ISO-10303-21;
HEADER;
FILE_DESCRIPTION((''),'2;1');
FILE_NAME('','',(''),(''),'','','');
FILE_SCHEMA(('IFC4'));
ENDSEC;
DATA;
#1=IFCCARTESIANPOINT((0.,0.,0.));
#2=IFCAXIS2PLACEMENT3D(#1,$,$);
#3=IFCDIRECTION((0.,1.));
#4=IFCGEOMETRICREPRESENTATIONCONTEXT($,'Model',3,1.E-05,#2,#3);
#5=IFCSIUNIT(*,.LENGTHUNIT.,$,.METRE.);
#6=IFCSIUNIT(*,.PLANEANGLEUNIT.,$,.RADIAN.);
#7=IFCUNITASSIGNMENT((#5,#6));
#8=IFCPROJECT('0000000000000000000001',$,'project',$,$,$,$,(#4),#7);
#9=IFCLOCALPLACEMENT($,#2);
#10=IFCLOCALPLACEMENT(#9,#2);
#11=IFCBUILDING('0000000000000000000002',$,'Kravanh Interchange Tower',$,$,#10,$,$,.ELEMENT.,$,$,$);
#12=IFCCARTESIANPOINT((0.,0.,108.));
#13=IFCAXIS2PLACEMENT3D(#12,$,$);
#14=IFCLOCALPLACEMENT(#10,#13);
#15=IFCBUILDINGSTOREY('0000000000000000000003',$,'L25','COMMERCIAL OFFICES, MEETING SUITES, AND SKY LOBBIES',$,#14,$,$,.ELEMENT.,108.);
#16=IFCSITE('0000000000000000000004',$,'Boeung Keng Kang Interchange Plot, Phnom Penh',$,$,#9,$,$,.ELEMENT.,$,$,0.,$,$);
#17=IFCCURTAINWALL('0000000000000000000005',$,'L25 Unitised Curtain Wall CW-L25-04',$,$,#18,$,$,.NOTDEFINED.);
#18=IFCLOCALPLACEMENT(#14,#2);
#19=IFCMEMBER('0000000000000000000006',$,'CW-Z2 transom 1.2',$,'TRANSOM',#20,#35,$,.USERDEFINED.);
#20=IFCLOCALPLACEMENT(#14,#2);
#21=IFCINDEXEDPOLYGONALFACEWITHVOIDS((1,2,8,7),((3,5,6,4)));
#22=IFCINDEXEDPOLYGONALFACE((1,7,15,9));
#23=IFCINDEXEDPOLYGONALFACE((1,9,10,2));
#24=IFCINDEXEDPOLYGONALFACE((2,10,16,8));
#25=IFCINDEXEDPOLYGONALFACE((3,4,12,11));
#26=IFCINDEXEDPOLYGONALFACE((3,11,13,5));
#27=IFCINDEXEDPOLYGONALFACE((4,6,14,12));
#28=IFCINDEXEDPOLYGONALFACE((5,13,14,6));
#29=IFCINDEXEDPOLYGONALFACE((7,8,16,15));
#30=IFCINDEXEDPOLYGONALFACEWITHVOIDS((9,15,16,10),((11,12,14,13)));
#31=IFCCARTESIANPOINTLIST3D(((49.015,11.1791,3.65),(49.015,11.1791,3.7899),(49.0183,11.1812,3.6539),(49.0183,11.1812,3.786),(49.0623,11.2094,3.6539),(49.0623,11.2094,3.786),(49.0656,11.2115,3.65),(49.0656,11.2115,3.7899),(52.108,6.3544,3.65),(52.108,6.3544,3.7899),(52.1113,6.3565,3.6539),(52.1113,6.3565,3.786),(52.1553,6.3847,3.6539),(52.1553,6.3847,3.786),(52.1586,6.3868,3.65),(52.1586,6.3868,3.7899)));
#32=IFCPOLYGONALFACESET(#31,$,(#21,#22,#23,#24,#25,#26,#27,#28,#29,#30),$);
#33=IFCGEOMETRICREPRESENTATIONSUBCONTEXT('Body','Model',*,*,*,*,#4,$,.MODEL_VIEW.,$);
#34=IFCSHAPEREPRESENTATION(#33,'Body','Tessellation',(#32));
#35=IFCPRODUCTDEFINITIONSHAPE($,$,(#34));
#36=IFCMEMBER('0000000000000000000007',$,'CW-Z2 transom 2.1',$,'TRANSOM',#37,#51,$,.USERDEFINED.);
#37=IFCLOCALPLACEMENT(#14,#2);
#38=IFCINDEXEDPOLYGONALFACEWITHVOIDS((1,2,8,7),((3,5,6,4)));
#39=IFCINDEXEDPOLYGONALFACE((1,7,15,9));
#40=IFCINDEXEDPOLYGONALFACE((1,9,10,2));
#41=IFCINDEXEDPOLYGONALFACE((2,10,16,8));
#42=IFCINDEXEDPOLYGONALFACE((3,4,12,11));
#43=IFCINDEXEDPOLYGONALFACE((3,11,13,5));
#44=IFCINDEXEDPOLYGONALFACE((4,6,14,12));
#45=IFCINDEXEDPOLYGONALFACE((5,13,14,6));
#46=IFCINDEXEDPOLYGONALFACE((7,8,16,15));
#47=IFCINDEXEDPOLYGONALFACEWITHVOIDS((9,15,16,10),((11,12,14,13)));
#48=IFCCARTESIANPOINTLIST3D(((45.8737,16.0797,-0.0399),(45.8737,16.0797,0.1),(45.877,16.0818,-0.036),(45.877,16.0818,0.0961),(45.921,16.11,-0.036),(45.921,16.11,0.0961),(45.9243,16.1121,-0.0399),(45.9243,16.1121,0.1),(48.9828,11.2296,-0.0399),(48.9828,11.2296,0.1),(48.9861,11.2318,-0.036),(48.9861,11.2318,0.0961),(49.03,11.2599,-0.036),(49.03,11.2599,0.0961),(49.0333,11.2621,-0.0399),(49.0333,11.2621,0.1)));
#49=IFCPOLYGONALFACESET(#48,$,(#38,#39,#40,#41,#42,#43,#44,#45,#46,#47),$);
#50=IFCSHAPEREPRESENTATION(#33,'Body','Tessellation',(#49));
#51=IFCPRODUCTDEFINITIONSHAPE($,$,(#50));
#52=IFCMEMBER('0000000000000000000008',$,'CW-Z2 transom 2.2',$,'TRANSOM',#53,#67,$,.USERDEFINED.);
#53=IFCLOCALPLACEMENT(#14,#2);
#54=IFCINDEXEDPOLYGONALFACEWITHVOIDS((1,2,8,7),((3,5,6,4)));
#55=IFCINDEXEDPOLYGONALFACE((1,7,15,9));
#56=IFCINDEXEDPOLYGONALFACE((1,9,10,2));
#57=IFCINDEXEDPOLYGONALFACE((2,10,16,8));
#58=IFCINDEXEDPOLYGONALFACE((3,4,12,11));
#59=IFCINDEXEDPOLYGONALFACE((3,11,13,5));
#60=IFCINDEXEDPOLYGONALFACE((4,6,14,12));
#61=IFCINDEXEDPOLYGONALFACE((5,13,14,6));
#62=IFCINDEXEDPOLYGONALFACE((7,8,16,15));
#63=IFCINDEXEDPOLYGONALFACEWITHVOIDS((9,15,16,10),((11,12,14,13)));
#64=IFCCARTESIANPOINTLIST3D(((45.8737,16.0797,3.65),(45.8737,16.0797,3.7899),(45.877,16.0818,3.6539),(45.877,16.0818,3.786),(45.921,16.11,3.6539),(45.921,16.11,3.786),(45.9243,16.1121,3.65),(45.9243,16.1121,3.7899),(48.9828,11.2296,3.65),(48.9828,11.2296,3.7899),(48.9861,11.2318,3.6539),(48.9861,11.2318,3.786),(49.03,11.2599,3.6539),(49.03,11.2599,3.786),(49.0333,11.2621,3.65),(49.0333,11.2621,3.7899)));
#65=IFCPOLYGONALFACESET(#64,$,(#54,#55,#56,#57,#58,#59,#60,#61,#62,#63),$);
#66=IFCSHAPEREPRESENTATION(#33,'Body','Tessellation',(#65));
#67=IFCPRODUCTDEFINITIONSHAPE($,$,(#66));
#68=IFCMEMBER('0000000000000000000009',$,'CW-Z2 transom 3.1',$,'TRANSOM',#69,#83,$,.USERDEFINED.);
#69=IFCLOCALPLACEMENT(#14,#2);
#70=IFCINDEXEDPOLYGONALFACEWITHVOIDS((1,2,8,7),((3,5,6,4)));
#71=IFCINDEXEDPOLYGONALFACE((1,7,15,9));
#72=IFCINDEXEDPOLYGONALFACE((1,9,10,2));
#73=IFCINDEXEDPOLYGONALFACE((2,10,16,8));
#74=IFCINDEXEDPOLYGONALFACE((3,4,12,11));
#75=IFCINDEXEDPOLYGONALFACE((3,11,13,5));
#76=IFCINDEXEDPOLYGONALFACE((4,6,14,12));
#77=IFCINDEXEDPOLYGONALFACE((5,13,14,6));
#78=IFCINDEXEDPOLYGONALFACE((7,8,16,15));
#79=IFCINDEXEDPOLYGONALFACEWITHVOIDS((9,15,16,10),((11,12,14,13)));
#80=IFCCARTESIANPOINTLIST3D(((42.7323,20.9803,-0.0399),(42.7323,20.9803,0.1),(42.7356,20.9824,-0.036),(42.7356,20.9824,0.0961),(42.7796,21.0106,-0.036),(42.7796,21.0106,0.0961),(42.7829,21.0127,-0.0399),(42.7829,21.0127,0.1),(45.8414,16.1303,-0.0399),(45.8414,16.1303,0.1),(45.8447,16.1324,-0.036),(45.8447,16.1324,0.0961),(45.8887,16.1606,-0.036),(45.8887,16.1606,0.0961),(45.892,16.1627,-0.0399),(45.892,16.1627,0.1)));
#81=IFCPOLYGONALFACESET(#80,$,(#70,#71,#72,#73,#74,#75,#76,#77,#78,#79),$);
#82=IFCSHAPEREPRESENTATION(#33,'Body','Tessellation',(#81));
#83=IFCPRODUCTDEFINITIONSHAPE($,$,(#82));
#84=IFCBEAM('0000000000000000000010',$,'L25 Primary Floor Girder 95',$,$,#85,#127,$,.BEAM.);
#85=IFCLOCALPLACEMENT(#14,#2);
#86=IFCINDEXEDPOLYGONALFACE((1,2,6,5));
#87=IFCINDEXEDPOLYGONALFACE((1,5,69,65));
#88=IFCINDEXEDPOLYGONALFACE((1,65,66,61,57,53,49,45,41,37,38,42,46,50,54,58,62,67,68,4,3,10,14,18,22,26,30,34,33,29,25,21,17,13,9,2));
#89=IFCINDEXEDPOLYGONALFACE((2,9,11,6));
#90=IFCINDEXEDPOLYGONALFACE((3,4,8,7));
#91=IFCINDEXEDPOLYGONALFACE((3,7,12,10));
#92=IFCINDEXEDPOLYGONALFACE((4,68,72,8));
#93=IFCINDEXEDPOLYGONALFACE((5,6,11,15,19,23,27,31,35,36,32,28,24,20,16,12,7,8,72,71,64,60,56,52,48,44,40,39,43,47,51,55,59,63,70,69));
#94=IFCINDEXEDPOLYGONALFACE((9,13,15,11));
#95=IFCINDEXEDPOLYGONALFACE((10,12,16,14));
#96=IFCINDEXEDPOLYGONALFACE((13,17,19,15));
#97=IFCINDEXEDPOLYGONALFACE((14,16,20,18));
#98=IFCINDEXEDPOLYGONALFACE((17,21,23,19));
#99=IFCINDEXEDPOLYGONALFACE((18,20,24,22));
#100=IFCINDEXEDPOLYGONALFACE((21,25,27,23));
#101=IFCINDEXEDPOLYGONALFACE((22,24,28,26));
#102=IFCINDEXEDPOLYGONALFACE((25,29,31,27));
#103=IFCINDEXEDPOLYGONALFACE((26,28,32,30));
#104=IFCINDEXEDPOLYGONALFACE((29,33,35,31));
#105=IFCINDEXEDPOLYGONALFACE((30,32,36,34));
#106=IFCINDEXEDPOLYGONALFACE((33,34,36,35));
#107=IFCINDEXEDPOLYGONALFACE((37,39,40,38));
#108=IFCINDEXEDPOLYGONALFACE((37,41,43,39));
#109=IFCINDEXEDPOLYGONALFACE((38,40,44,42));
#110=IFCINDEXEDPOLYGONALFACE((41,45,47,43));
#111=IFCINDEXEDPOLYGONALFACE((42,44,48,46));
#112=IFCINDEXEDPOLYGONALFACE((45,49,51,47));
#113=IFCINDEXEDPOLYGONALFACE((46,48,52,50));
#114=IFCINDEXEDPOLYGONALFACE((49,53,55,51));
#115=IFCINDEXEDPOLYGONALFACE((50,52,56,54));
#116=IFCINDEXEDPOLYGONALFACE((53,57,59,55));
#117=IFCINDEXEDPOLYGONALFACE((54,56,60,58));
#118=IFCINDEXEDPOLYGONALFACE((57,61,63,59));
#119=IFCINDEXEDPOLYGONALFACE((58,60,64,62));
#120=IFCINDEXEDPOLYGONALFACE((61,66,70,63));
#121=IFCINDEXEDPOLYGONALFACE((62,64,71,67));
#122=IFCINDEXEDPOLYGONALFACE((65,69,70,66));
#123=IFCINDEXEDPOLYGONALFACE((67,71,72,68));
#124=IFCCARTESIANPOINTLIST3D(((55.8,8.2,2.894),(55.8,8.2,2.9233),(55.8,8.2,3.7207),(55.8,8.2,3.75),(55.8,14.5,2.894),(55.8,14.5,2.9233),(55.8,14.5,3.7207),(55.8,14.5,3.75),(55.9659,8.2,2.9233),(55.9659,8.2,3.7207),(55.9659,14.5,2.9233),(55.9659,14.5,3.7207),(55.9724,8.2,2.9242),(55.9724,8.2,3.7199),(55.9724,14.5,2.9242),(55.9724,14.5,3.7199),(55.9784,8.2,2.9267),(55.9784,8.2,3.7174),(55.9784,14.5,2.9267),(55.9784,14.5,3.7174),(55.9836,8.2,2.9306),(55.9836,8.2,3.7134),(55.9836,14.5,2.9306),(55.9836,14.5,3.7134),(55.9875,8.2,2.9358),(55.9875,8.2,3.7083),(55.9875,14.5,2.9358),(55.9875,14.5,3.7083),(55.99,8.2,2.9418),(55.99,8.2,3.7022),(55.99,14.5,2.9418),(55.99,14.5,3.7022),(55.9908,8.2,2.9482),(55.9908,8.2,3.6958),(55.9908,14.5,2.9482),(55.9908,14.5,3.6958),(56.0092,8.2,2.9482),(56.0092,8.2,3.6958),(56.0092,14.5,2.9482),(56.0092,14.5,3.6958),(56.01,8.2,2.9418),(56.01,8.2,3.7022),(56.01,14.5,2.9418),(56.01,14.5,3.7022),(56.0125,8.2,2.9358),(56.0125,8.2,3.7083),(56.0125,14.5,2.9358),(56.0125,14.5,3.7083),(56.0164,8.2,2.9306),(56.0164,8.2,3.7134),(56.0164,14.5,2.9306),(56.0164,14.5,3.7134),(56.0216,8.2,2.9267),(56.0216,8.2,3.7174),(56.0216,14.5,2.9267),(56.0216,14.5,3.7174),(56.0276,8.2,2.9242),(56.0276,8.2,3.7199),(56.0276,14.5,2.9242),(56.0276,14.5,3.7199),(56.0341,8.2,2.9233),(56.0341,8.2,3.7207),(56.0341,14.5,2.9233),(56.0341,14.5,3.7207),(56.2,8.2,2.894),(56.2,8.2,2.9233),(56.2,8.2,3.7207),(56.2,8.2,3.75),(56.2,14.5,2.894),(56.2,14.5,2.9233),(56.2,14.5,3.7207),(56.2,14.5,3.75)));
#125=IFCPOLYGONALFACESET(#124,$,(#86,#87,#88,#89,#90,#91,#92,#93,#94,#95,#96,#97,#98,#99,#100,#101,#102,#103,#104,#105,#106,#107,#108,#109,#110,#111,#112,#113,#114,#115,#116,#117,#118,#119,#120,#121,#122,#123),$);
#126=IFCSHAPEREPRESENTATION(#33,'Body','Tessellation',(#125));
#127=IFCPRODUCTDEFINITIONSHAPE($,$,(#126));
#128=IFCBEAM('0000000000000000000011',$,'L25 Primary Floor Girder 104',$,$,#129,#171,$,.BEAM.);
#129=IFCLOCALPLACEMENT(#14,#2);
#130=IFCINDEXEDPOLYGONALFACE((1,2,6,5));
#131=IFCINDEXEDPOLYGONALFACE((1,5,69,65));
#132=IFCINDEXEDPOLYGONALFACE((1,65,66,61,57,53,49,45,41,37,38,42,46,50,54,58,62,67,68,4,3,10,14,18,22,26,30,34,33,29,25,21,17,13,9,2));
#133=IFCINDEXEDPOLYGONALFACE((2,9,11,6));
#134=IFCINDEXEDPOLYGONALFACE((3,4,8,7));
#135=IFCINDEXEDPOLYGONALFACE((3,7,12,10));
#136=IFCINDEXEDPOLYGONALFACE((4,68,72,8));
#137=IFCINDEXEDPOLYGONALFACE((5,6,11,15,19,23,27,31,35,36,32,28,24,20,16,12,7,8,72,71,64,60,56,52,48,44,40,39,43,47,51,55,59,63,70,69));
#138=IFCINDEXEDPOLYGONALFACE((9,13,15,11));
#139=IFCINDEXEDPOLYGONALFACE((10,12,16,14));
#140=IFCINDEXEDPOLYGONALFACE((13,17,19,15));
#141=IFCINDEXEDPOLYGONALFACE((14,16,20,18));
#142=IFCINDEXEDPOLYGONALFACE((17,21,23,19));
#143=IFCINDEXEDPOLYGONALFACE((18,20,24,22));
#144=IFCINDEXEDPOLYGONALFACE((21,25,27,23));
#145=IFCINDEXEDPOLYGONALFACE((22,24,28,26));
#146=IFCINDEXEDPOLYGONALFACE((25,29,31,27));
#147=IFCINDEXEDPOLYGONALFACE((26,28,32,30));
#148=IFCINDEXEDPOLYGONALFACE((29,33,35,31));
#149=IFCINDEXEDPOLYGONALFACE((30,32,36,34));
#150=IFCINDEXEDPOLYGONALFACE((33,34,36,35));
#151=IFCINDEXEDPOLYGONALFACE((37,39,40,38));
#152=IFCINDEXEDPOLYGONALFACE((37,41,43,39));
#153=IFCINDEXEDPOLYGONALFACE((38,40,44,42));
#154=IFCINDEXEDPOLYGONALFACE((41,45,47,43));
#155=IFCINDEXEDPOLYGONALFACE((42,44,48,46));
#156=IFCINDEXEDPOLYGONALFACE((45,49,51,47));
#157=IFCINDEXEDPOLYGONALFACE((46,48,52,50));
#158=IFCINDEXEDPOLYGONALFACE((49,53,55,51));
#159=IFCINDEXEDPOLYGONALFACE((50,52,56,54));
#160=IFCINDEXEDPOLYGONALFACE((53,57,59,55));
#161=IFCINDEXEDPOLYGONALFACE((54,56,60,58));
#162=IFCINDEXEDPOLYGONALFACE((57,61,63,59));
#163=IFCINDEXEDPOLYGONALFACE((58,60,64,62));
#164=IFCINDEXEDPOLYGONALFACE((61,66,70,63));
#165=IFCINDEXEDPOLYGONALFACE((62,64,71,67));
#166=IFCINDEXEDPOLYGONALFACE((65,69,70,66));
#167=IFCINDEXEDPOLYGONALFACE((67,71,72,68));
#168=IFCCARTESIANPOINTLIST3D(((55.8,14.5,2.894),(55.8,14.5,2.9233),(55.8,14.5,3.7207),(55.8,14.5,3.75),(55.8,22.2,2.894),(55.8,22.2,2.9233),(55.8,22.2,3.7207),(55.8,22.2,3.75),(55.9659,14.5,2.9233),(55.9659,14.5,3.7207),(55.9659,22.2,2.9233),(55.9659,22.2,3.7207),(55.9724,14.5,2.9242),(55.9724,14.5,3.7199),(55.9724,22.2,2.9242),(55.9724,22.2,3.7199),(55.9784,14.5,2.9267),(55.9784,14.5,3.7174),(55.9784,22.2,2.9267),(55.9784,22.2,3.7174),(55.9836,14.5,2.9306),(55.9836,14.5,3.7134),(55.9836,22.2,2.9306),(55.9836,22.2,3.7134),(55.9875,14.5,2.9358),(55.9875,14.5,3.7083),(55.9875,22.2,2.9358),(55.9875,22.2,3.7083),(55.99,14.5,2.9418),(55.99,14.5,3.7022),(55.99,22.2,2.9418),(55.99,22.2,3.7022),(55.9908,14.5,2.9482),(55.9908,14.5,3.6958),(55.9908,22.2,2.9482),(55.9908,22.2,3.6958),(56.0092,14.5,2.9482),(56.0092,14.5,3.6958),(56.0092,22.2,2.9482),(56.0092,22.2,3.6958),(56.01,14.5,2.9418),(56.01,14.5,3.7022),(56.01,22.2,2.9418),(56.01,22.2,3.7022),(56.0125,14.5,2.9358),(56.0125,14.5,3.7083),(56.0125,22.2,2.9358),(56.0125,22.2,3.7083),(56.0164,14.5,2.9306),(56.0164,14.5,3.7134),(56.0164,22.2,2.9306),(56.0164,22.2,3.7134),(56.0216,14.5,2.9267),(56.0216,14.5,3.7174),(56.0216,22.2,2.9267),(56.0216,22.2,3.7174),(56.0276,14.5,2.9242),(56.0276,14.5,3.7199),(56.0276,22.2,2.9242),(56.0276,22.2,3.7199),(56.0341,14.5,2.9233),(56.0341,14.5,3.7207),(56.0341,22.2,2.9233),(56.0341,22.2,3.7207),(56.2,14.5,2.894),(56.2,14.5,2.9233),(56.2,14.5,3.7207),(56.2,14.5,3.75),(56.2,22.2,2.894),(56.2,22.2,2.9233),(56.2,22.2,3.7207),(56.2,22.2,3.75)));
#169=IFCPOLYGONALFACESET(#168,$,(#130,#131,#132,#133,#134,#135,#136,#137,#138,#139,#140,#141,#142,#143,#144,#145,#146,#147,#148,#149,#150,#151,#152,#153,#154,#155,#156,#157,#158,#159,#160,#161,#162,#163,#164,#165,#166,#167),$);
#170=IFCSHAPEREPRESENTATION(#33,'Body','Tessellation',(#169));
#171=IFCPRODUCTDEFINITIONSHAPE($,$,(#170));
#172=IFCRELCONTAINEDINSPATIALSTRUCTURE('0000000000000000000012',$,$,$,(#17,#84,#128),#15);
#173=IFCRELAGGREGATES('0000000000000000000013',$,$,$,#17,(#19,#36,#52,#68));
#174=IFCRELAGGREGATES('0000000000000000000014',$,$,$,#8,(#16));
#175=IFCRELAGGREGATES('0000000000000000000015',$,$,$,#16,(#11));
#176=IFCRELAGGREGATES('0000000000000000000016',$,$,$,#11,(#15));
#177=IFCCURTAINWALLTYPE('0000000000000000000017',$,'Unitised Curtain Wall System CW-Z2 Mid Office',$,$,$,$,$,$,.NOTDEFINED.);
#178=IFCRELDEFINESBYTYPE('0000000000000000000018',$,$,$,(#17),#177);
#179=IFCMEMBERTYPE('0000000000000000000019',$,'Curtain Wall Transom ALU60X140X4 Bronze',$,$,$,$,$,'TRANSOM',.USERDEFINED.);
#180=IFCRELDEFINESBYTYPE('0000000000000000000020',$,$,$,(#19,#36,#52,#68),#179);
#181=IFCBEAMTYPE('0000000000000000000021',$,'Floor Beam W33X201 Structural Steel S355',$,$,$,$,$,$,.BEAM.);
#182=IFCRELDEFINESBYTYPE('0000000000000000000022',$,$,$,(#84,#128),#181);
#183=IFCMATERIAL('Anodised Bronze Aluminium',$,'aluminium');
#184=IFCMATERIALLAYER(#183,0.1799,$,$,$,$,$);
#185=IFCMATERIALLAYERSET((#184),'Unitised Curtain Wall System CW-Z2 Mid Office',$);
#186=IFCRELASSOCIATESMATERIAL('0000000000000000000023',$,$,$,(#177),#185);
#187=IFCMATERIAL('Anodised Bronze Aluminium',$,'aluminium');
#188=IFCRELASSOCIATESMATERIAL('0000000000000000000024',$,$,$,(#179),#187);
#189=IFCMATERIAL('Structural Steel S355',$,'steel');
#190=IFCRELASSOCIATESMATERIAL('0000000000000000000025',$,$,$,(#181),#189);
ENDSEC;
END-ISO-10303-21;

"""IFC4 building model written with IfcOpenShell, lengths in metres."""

from ifc_helpers import new_model, si_unit, direction, frame, origin, origin_2d, place, context, subcontext, project, spatial, hollow_rectangle, i_section, extrude, material, layer, layer_set, material_profile, profile_set, type_object, element, aggregate, save


model = new_model("IFC4")

# Units and contexts
model_context = context("Model", 3, precision=1e-05, world=origin(), true_north=direction((0.0, 1.0)))
body_context = subcontext(model_context, "Body", "Model", "MODEL_VIEW")
ifc_project = project(units=[si_unit("LENGTHUNIT", "METRE"), si_unit("PLANEANGLEUNIT", "RADIAN")], contexts=[model_context])

# Site, building, storey
site_placement = place(None, origin())
site = spatial("IfcSite", under=ifc_project, at=site_placement, Name="Boeung Keng Kang Interchange Plot, Phnom Penh", CompositionType="ELEMENT", RefElevation=0.0)
building_placement = place(site_placement, origin())
building = spatial("IfcBuilding", under=site, at=building_placement, Name="Kravanh Interchange Tower", CompositionType="ELEMENT")
storey_placement = place(building_placement, frame((0.0, 0.0, 108.0)))
storey = spatial("IfcBuildingStorey", under=building, at=storey_placement, Name="L25", Description="COMMERCIAL OFFICES, MEETING SUITES, AND SKY LOBBIES", CompositionType="ELEMENT", Elevation=108.0)

# Shared definitions
ifc_material_1 = material(Name="Anodised Bronze Aluminium", Category="aluminium")
ifc_layer_1 = layer(ifc_material_1, 0.1799)
ifc_layer_set_1 = layer_set([ifc_layer_1], Name="Unitised Curtain Wall System CW-Z2 Mid Office")
curtain_wall_type = type_object("IfcCurtainWallType", Name="Unitised Curtain Wall System CW-Z2 Mid Office", PredefinedType="NOTDEFINED", material=ifc_layer_set_1)

# Curtain wall, members
curtain_wall_1_placement = place(storey_placement, origin())
curtain_wall_1 = element("IfcCurtainWall", 1, at=curtain_wall_1_placement, inside=storey, type_object=curtain_wall_type, Name="L25 Unitised Curtain Wall CW-L25-04", PredefinedType="NOTDEFINED")
ifc_material_2 = material(Name="Anodised Bronze Aluminium", Category="aluminium")
ifc_material_profile_1 = material_profile(ifc_material_2, hollow_rectangle(XDim=0.0601, YDim=0.1399, WallThickness=0.0039, at=origin_2d()), Name="ALU60X140X4")
ifc_profile_set_1 = profile_set([ifc_material_profile_1], Name="Anodised Bronze Aluminium")
member_type_1 = type_object("IfcMemberType", Name="Curtain Wall Transom ALU60X140X4 Bronze", ElementType="TRANSOM", PredefinedType="USERDEFINED", material=ifc_profile_set_1)
member_1_placement = place(storey_placement, frame((52.1333, 6.3706, 3.72), z_axis=(-0.539698, 0.841859, 0.0), x_axis=(-0.841859, -0.539698, 0.0)))
member_1 = element("IfcMember", 2, at=member_1_placement, type_object=member_type_1, Name="CW-Z2 transom 1.2", ObjectType="TRANSOM", PredefinedType="USERDEFINED", context=body_context, shape_type="SweptSolid", body=[
    extrude(hollow_rectangle(XDim=0.0601, YDim=0.1399, WallThickness=0.0039, at=origin_2d()), origin(), (0.0, 0.0, 1.0), 5.731),
])
member_2_placement = place(storey_placement, frame((49.0081, 11.2458, 0.03), z_axis=(-0.539678, 0.841872, 0.0), x_axis=(-0.841872, -0.539678, 0.0)))
member_2 = element("IfcMember", 3, at=member_2_placement, type_object=member_type_1, Name="CW-Z2 transom 2.1", ObjectType="TRANSOM", PredefinedType="USERDEFINED", context=body_context, shape_type="SweptSolid", body=[
    extrude(hollow_rectangle(XDim=0.0601, YDim=0.1399, WallThickness=0.0039, at=origin_2d()), origin(), (0.0, 0.0, 1.0), 5.761),
])
member_3_placement = place(storey_placement, frame((49.0081, 11.2458, 3.72), z_axis=(-0.539678, 0.841872, 0.0), x_axis=(-0.841872, -0.539678, 0.0)))
member_3 = element("IfcMember", 4, at=member_3_placement, type_object=member_type_1, Name="CW-Z2 transom 2.2", ObjectType="TRANSOM", PredefinedType="USERDEFINED", context=body_context, shape_type="SweptSolid", body=[
    extrude(hollow_rectangle(XDim=0.0601, YDim=0.1399, WallThickness=0.0039, at=origin_2d()), origin(), (0.0, 0.0, 1.0), 5.761),
])
member_4_placement = place(storey_placement, frame((45.8667, 16.1465, 0.03), z_axis=(-0.539678, 0.841872, 0.0), x_axis=(-0.841872, -0.539678, 0.0)))
member_4 = element("IfcMember", 5, at=member_4_placement, type_object=member_type_1, Name="CW-Z2 transom 3.1", ObjectType="TRANSOM", PredefinedType="USERDEFINED", context=body_context, shape_type="SweptSolid", body=[
    extrude(hollow_rectangle(XDim=0.0601, YDim=0.1399, WallThickness=0.0039, at=origin_2d()), origin(), (0.0, 0.0, 1.0), 5.761),
])

# Beams
ifc_material_3 = material(Name="Structural Steel S355", Category="steel")
ifc_material_profile_2 = material_profile(ifc_material_3, i_section(OverallWidth=0.3999, OverallDepth=0.856, WebThickness=0.0183, FlangeThickness=0.0293, FilletRadius=0.0249, at=origin_2d()), Name="W33X201")
ifc_profile_set_2 = profile_set([ifc_material_profile_2], Name="Structural Steel S355")
beam_type_1 = type_object("IfcBeamType", Name="Floor Beam W33X201 Structural Steel S355", PredefinedType="BEAM", material=ifc_profile_set_2)
beam_1_placement = place(storey_placement, frame((56.0, 8.2, 3.322), z_axis=(0.0, 1.0, 0.0), x_axis=(-1.0, 0.0, 0.0)))
element("IfcBeam", 6, at=beam_1_placement, inside=storey, type_object=beam_type_1, Name="L25 Primary Floor Girder 95", PredefinedType="BEAM", context=body_context, shape_type="SweptSolid", body=[
    extrude(i_section(OverallWidth=0.3999, OverallDepth=0.856, WebThickness=0.0183, FlangeThickness=0.0293, FilletRadius=0.0249, at=origin_2d()), origin(), (0.0, 0.0, 1.0), 6.3),
])
beam_2_placement = place(storey_placement, frame((56.0, 14.5, 3.322), z_axis=(0.0, 1.0, 0.0), x_axis=(-1.0, 0.0, 0.0)))
element("IfcBeam", 7, at=beam_2_placement, inside=storey, type_object=beam_type_1, Name="L25 Primary Floor Girder 104", PredefinedType="BEAM", context=body_context, shape_type="SweptSolid", body=[
    extrude(i_section(OverallWidth=0.3999, OverallDepth=0.856, WebThickness=0.0183, FlangeThickness=0.0293, FilletRadius=0.0249, at=origin_2d()), origin(), (0.0, 0.0, 1.0), 7.7),
])

aggregate(curtain_wall_1, [member_1, member_2, member_3, member_4])

save(model, "model.ifc")
